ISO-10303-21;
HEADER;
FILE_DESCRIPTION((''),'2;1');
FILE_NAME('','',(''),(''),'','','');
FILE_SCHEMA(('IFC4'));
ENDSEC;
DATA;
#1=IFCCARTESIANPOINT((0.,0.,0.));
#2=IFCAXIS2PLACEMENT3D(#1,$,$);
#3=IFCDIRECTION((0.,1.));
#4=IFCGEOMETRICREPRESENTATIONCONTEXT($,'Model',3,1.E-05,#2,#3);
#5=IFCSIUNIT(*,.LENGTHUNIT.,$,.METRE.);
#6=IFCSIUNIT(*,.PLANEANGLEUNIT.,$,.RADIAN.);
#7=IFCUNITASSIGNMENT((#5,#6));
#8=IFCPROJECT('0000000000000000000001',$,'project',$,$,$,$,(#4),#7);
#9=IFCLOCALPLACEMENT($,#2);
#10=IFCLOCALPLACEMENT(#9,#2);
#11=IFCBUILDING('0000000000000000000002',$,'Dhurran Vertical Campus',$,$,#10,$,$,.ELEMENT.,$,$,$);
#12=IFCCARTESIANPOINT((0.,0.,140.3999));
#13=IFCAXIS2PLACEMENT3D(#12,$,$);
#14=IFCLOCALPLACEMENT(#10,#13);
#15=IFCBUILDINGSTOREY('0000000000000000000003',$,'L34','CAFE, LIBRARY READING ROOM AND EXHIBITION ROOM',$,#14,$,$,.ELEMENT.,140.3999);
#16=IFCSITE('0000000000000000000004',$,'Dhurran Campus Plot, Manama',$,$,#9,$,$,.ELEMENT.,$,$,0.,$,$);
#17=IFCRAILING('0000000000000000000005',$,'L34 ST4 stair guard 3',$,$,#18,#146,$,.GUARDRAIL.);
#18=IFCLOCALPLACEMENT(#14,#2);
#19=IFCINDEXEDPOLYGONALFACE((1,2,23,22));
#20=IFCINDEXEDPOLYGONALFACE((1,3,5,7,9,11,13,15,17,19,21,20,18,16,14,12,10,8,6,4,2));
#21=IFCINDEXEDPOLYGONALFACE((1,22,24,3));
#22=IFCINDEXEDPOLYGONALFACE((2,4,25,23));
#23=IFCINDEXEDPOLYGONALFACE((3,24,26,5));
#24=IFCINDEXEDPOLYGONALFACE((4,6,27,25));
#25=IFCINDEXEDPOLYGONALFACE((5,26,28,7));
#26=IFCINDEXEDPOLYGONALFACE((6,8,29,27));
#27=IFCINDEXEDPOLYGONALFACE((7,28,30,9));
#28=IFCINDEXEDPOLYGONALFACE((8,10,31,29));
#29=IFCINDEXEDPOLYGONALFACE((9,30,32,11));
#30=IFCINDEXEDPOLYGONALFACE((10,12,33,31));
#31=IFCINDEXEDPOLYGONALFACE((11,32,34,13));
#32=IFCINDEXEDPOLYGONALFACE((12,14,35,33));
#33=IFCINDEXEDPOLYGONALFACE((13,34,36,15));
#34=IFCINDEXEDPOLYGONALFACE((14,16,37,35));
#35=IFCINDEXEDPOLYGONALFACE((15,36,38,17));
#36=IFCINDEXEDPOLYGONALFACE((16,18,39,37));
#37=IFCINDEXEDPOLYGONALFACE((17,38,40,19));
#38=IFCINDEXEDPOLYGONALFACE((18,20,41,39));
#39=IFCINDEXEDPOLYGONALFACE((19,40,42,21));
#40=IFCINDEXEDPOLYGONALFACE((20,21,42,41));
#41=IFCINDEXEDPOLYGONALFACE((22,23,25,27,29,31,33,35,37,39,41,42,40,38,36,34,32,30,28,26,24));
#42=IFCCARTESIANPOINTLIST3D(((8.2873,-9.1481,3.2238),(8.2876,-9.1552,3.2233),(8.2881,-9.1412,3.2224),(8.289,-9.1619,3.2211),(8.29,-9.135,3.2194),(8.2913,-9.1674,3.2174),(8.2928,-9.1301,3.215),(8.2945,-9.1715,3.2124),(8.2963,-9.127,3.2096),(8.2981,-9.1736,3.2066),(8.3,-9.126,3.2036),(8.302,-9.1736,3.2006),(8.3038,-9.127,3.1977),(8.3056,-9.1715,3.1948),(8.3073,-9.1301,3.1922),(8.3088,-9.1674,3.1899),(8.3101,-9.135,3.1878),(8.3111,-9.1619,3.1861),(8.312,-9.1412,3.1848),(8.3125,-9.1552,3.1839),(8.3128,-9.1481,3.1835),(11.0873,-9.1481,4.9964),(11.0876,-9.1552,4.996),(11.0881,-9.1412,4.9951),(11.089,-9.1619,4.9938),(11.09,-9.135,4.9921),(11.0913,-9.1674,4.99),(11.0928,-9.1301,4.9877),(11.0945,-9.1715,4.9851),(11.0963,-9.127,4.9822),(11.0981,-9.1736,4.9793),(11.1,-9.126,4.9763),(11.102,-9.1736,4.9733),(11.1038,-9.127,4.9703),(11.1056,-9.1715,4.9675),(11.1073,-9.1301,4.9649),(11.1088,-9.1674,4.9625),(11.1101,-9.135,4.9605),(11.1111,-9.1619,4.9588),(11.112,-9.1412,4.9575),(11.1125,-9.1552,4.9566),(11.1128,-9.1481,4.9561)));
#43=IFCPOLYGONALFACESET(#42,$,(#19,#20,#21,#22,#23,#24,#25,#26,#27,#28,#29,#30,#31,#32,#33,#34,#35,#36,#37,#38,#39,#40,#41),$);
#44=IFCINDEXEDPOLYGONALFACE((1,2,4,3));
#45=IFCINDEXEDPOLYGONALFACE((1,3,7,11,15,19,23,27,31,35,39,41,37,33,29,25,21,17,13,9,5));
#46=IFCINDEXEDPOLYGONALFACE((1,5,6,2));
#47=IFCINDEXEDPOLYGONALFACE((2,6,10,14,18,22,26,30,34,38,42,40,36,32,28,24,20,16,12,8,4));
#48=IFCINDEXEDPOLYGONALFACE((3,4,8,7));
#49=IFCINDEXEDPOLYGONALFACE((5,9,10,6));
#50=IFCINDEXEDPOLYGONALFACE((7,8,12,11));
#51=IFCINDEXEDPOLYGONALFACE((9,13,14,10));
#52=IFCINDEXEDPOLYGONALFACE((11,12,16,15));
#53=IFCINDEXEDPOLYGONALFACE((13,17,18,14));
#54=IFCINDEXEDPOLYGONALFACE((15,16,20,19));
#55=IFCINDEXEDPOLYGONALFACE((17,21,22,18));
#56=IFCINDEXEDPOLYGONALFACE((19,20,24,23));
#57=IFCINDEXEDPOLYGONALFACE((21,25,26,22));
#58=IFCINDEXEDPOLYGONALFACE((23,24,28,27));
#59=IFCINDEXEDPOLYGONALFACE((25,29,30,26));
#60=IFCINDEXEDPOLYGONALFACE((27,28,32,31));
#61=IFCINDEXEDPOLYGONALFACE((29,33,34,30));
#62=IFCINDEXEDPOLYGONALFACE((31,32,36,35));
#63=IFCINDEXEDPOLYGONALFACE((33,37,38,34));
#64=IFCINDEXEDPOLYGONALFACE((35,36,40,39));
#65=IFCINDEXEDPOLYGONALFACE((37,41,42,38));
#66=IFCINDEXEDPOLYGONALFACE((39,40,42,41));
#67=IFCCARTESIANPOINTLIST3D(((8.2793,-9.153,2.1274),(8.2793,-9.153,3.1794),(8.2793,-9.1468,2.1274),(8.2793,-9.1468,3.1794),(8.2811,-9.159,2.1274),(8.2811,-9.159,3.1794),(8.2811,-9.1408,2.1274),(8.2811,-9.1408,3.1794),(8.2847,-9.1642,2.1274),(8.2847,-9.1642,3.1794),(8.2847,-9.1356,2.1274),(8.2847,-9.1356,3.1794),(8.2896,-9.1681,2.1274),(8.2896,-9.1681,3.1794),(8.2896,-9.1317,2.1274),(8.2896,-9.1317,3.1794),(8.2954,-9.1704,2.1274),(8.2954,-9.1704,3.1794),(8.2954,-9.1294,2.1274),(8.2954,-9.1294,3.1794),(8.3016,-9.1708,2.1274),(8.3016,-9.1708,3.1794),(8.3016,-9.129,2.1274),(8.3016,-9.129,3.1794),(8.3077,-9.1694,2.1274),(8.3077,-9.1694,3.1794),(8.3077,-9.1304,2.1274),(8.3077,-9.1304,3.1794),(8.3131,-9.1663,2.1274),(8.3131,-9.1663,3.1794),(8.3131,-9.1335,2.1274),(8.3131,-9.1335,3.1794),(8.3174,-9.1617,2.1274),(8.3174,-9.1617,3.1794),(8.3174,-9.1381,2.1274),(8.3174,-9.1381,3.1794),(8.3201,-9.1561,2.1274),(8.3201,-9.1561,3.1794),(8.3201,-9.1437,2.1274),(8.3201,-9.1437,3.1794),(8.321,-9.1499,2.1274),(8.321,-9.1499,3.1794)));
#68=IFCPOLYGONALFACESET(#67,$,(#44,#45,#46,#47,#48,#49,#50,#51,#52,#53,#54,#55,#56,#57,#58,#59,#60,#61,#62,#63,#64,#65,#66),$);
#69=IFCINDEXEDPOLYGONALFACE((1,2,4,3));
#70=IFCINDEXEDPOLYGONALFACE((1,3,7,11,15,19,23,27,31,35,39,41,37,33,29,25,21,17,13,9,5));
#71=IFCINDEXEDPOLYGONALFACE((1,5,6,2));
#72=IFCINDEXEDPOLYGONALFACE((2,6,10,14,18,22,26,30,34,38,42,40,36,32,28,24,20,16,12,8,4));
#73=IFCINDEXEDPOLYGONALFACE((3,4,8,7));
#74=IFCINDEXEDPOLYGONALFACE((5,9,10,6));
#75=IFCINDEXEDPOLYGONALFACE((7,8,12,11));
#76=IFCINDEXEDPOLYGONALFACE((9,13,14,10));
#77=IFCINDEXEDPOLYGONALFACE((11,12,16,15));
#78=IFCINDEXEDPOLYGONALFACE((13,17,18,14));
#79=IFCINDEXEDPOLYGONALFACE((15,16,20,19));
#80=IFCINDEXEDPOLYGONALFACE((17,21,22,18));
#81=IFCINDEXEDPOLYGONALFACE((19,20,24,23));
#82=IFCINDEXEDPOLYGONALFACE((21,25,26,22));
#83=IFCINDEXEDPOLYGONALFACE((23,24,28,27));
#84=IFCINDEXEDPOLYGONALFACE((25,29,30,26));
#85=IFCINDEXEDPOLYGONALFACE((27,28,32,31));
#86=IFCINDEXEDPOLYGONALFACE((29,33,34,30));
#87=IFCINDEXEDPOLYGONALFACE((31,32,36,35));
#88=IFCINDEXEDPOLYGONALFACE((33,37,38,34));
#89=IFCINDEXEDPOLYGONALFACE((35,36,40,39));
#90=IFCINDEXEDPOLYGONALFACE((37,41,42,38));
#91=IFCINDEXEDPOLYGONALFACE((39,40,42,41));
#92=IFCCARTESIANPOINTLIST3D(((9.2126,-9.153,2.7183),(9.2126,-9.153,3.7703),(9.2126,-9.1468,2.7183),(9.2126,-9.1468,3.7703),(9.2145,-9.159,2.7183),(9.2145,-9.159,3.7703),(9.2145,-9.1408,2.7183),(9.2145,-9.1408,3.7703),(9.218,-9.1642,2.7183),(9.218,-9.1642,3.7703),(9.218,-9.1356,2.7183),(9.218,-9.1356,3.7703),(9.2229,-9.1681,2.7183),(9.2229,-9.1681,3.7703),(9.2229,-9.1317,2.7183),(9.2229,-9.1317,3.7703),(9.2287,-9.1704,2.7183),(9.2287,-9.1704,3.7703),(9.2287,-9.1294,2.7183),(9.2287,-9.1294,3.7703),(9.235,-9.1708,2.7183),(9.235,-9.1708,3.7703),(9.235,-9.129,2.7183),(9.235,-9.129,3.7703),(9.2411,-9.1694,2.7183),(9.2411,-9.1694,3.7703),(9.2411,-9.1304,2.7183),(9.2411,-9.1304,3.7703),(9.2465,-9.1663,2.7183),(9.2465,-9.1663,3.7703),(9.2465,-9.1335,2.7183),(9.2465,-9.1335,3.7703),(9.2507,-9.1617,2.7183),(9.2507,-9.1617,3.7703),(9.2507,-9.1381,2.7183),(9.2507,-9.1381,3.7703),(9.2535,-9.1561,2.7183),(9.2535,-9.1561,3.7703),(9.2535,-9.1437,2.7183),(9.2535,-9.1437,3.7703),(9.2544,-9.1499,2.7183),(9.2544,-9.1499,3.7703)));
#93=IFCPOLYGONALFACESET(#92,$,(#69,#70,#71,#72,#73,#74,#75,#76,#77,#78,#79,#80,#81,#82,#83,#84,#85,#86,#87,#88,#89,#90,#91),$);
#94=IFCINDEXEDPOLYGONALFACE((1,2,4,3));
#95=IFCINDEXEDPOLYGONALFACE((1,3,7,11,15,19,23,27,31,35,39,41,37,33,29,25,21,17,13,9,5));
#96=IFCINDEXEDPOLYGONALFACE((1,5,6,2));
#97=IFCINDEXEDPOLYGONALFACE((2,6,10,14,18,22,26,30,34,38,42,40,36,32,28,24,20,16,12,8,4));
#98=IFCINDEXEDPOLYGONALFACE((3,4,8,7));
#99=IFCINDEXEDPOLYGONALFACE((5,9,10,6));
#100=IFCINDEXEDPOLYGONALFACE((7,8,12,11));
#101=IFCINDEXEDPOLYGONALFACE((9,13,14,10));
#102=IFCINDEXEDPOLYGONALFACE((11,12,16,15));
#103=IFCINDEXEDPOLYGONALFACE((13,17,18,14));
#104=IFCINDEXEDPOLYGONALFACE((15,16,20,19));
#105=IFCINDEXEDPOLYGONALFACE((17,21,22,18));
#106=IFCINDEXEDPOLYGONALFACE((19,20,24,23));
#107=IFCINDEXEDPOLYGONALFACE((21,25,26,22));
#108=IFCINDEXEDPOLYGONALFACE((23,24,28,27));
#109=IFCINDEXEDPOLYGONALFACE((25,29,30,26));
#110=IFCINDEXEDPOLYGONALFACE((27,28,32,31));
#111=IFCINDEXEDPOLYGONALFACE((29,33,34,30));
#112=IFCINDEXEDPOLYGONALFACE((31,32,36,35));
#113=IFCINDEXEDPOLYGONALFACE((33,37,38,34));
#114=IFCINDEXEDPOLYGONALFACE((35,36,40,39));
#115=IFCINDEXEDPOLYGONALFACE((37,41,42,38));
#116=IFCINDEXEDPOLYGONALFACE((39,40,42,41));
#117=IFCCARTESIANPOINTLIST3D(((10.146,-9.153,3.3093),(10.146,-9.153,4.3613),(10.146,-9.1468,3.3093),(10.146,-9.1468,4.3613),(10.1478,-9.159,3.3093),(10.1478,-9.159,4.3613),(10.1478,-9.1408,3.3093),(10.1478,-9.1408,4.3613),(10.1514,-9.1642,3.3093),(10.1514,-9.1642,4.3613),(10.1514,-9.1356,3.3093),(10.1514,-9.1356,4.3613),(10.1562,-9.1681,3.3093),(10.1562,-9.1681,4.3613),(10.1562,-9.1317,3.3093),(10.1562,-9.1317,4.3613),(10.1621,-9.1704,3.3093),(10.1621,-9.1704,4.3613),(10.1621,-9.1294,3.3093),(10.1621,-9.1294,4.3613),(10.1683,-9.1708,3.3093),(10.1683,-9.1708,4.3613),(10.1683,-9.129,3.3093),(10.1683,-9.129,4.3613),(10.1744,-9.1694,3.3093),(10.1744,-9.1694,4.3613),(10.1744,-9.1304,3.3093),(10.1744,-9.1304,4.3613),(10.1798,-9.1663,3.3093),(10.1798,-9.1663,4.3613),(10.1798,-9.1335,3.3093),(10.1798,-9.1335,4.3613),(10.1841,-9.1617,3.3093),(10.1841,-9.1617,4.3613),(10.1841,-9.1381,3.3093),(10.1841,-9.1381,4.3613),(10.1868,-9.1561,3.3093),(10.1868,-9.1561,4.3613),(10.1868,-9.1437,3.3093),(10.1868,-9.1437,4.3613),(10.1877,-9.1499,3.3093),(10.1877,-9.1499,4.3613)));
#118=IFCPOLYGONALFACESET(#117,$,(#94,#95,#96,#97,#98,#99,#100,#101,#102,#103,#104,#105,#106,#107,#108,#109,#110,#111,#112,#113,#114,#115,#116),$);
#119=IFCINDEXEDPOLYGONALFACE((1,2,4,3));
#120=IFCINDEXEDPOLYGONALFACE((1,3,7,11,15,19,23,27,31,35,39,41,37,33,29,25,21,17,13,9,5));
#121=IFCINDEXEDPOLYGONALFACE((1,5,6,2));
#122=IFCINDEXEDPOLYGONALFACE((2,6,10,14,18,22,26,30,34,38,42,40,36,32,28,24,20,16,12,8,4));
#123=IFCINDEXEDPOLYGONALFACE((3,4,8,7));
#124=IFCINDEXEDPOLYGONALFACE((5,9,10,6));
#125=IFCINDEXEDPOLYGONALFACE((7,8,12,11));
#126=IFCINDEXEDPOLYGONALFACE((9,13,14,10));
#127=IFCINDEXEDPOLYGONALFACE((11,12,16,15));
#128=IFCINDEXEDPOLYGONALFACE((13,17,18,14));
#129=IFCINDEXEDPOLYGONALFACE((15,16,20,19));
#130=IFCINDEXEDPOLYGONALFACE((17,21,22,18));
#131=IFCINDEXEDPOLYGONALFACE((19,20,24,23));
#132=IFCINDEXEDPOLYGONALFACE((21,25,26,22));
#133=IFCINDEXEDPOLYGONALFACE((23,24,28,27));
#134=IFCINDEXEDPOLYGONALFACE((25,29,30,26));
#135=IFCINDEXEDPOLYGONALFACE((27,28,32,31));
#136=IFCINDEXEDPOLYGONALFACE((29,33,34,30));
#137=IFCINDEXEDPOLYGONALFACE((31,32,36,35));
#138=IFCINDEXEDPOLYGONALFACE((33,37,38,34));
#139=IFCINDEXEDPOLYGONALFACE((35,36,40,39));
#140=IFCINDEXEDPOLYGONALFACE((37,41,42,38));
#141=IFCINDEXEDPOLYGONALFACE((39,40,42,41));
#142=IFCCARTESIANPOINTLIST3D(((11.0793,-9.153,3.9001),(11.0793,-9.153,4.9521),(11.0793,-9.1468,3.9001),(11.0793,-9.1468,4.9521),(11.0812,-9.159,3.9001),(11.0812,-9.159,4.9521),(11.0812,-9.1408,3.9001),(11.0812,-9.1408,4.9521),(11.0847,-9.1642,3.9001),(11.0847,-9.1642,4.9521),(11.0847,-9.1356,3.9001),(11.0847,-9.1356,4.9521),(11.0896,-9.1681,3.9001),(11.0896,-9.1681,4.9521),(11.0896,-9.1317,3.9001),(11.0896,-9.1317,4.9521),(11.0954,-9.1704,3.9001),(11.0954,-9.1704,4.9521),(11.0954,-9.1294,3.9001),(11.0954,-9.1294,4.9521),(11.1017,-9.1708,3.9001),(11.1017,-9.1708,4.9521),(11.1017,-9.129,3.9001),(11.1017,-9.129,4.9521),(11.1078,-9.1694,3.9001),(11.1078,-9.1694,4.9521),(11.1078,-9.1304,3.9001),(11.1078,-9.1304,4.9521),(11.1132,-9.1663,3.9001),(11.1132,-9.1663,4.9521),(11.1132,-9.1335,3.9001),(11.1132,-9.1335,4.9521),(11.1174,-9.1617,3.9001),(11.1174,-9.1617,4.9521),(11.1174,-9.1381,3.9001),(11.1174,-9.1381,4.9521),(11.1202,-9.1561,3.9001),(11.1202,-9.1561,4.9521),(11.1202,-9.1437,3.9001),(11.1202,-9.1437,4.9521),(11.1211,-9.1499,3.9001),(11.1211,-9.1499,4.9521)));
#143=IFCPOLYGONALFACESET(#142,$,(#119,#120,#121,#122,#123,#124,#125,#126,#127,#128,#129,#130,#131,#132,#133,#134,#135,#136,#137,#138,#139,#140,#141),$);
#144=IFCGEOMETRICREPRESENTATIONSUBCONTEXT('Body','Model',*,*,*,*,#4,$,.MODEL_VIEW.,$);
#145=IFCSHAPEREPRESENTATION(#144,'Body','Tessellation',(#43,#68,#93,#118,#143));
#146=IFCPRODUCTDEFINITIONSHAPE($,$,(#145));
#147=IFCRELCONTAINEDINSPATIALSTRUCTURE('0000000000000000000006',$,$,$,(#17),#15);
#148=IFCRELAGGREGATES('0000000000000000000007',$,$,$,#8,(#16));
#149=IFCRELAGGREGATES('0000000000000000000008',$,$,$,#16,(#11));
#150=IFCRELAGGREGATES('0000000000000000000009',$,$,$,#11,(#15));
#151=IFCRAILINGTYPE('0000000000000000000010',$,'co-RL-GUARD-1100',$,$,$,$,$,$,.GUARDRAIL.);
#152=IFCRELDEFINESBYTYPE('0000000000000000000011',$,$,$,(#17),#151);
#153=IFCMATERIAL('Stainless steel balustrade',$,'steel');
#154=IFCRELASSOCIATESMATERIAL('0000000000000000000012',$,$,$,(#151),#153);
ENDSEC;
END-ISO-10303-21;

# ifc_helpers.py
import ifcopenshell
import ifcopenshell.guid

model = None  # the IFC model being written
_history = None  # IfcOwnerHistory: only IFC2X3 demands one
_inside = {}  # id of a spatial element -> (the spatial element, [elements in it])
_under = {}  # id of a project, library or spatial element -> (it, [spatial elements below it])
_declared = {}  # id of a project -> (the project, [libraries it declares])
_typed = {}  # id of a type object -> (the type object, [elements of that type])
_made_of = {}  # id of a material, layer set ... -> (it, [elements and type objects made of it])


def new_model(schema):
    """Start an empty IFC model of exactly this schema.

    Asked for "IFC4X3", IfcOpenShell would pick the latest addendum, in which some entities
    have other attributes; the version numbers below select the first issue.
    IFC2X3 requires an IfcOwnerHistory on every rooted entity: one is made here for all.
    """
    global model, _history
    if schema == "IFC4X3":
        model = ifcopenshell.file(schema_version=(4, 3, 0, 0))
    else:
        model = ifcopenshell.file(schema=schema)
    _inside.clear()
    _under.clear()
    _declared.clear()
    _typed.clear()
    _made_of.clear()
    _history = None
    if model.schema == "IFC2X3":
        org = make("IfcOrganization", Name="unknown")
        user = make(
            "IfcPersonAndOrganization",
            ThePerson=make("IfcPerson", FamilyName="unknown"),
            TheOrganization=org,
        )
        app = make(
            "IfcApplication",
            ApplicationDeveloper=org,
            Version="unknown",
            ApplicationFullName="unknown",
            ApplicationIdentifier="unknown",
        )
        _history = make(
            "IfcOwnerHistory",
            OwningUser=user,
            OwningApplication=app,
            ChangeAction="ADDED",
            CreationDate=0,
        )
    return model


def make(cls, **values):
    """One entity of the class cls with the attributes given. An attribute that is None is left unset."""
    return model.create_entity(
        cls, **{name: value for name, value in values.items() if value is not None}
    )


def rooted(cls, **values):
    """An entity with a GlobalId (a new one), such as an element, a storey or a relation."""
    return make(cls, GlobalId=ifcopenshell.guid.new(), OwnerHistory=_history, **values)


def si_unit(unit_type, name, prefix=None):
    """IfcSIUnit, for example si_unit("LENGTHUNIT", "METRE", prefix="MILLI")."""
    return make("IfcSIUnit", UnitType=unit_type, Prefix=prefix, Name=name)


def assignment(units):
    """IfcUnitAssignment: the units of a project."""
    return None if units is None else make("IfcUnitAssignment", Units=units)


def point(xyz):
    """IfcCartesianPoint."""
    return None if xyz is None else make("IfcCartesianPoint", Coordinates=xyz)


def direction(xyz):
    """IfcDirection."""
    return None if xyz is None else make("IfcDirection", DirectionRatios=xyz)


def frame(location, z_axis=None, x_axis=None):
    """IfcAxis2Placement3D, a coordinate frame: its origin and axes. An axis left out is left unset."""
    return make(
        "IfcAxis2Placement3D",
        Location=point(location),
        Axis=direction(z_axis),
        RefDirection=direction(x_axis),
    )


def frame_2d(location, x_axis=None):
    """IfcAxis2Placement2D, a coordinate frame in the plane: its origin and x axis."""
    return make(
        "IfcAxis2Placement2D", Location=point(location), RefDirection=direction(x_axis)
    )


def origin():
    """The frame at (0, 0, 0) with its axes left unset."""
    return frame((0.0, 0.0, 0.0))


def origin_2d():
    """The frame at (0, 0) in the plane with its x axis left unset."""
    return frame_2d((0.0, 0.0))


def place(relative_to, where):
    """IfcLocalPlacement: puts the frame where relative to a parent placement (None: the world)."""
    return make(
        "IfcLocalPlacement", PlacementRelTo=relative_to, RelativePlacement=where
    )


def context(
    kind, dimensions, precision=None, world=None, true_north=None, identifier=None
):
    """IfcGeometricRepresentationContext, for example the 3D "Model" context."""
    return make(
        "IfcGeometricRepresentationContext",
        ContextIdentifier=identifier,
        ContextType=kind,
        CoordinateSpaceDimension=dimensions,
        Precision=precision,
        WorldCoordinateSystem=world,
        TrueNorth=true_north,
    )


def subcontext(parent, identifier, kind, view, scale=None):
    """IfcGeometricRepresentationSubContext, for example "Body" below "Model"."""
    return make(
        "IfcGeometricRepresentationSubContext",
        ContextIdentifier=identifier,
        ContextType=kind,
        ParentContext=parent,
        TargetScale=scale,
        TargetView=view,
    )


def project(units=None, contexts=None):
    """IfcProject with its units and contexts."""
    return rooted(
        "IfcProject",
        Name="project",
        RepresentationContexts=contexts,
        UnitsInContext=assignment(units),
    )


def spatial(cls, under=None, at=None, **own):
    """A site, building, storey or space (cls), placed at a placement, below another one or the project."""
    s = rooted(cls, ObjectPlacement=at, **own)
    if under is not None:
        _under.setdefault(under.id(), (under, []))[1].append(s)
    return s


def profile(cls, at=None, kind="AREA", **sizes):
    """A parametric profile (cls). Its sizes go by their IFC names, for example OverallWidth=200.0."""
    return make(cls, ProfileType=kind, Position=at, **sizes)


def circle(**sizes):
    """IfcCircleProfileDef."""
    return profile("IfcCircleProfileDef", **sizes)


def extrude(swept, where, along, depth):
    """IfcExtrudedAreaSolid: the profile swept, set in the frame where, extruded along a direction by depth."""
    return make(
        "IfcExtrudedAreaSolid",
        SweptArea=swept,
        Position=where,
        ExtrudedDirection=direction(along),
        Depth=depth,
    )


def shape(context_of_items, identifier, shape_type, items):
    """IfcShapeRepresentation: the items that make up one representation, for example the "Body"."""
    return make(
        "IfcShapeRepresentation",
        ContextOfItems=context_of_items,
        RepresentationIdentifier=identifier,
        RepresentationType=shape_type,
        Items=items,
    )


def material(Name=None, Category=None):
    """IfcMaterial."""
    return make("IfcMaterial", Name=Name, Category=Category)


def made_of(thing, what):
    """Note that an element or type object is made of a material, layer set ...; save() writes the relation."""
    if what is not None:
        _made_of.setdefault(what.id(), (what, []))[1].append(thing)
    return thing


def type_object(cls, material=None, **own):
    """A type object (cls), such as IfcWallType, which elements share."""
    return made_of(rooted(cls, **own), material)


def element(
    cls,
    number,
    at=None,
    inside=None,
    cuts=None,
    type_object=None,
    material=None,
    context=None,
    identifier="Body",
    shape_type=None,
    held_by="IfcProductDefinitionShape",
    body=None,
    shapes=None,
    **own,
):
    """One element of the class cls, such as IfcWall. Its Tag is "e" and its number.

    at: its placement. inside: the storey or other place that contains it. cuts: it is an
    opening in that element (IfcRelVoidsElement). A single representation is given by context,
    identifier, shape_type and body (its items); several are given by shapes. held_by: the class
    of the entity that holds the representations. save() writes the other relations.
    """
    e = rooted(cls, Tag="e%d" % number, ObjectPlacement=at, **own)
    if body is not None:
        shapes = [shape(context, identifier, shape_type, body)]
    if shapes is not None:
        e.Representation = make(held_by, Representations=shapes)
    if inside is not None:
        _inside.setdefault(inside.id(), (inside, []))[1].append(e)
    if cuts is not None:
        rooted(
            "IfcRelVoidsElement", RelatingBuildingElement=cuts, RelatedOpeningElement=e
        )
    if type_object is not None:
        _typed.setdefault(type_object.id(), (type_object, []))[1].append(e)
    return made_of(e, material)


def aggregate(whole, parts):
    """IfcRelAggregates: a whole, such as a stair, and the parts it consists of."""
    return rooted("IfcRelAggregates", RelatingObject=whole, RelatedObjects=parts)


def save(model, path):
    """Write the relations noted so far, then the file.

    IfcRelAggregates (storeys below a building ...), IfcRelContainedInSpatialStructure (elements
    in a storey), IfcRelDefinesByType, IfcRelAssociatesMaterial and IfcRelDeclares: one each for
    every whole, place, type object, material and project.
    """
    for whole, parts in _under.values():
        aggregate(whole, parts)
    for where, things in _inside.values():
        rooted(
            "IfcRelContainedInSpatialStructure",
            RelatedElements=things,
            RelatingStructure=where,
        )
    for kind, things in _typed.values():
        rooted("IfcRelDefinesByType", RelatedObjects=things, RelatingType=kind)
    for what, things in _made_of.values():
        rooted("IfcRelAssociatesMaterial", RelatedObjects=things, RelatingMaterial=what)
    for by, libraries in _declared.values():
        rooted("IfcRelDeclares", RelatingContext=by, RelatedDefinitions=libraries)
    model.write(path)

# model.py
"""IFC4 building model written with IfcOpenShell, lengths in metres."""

from ifc_helpers import new_model, si_unit, direction, frame, origin, origin_2d, place, context, subcontext, project, spatial, circle, extrude, material, type_object, element, save


model = new_model("IFC4")

# Units and contexts
model_context = context("Model", 3, precision=1e-05, world=origin(), true_north=direction((0.0, 1.0)))
body_context = subcontext(model_context, "Body", "Model", "MODEL_VIEW")
ifc_project = project(units=[si_unit("LENGTHUNIT", "METRE"), si_unit("PLANEANGLEUNIT", "RADIAN")], contexts=[model_context])

# Site, building, storey
site_placement = place(None, origin())
site = spatial("IfcSite", under=ifc_project, at=site_placement, Name="Dhurran Campus Plot, Manama", CompositionType="ELEMENT", RefElevation=0.0)
building_placement = place(site_placement, origin())
building = spatial("IfcBuilding", under=site, at=building_placement, Name="Dhurran Vertical Campus", CompositionType="ELEMENT")
storey_placement = place(building_placement, frame((0.0, 0.0, 140.3999)))
storey = spatial("IfcBuildingStorey", under=building, at=storey_placement, Name="L34", Description="CAFE, LIBRARY READING ROOM AND EXHIBITION ROOM", CompositionType="ELEMENT", Elevation=140.3999)

# Railing
ifc_material_1 = material(Name="Stainless steel balustrade", Category="steel")
railing_type_1 = type_object("IfcRailingType", Name="co-RL-GUARD-1100", PredefinedType="GUARDRAIL", material=ifc_material_1)
railing_1_placement = place(storey_placement, frame((8.3, -9.1499, 2.1274)))
element("IfcRailing", 1, at=railing_1_placement, inside=storey, type_object=railing_type_1, Name="L34 ST4 stair guard 3", PredefinedType="GUARDRAIL", context=body_context, shape_type="SweptSolid", body=[
    extrude(circle(Radius=0.0239, at=origin_2d()), frame((0.0, 0.0, 1.0762), z_axis=(0.844909, 0.0, 0.53491), x_axis=(0.0, 1.0, 0.0)), (0.0, 0.0, 1.0), 3.314),
    extrude(circle(Radius=0.021, at=origin_2d()), origin(), (0.0, 0.0, 1.0), 1.052),
    extrude(circle(Radius=0.021, at=origin_2d()), frame((0.9333, 0.0, 0.5908)), (0.0, 0.0, 1.0), 1.052),
    extrude(circle(Radius=0.021, at=origin_2d()), frame((1.8667, 0.0, 1.1819)), (0.0, 0.0, 1.0), 1.052),
    extrude(circle(Radius=0.021, at=origin_2d()), frame((2.8, 0.0, 1.7727)), (0.0, 0.0, 1.0), 1.052),
])

save(model, "model.ifc")
